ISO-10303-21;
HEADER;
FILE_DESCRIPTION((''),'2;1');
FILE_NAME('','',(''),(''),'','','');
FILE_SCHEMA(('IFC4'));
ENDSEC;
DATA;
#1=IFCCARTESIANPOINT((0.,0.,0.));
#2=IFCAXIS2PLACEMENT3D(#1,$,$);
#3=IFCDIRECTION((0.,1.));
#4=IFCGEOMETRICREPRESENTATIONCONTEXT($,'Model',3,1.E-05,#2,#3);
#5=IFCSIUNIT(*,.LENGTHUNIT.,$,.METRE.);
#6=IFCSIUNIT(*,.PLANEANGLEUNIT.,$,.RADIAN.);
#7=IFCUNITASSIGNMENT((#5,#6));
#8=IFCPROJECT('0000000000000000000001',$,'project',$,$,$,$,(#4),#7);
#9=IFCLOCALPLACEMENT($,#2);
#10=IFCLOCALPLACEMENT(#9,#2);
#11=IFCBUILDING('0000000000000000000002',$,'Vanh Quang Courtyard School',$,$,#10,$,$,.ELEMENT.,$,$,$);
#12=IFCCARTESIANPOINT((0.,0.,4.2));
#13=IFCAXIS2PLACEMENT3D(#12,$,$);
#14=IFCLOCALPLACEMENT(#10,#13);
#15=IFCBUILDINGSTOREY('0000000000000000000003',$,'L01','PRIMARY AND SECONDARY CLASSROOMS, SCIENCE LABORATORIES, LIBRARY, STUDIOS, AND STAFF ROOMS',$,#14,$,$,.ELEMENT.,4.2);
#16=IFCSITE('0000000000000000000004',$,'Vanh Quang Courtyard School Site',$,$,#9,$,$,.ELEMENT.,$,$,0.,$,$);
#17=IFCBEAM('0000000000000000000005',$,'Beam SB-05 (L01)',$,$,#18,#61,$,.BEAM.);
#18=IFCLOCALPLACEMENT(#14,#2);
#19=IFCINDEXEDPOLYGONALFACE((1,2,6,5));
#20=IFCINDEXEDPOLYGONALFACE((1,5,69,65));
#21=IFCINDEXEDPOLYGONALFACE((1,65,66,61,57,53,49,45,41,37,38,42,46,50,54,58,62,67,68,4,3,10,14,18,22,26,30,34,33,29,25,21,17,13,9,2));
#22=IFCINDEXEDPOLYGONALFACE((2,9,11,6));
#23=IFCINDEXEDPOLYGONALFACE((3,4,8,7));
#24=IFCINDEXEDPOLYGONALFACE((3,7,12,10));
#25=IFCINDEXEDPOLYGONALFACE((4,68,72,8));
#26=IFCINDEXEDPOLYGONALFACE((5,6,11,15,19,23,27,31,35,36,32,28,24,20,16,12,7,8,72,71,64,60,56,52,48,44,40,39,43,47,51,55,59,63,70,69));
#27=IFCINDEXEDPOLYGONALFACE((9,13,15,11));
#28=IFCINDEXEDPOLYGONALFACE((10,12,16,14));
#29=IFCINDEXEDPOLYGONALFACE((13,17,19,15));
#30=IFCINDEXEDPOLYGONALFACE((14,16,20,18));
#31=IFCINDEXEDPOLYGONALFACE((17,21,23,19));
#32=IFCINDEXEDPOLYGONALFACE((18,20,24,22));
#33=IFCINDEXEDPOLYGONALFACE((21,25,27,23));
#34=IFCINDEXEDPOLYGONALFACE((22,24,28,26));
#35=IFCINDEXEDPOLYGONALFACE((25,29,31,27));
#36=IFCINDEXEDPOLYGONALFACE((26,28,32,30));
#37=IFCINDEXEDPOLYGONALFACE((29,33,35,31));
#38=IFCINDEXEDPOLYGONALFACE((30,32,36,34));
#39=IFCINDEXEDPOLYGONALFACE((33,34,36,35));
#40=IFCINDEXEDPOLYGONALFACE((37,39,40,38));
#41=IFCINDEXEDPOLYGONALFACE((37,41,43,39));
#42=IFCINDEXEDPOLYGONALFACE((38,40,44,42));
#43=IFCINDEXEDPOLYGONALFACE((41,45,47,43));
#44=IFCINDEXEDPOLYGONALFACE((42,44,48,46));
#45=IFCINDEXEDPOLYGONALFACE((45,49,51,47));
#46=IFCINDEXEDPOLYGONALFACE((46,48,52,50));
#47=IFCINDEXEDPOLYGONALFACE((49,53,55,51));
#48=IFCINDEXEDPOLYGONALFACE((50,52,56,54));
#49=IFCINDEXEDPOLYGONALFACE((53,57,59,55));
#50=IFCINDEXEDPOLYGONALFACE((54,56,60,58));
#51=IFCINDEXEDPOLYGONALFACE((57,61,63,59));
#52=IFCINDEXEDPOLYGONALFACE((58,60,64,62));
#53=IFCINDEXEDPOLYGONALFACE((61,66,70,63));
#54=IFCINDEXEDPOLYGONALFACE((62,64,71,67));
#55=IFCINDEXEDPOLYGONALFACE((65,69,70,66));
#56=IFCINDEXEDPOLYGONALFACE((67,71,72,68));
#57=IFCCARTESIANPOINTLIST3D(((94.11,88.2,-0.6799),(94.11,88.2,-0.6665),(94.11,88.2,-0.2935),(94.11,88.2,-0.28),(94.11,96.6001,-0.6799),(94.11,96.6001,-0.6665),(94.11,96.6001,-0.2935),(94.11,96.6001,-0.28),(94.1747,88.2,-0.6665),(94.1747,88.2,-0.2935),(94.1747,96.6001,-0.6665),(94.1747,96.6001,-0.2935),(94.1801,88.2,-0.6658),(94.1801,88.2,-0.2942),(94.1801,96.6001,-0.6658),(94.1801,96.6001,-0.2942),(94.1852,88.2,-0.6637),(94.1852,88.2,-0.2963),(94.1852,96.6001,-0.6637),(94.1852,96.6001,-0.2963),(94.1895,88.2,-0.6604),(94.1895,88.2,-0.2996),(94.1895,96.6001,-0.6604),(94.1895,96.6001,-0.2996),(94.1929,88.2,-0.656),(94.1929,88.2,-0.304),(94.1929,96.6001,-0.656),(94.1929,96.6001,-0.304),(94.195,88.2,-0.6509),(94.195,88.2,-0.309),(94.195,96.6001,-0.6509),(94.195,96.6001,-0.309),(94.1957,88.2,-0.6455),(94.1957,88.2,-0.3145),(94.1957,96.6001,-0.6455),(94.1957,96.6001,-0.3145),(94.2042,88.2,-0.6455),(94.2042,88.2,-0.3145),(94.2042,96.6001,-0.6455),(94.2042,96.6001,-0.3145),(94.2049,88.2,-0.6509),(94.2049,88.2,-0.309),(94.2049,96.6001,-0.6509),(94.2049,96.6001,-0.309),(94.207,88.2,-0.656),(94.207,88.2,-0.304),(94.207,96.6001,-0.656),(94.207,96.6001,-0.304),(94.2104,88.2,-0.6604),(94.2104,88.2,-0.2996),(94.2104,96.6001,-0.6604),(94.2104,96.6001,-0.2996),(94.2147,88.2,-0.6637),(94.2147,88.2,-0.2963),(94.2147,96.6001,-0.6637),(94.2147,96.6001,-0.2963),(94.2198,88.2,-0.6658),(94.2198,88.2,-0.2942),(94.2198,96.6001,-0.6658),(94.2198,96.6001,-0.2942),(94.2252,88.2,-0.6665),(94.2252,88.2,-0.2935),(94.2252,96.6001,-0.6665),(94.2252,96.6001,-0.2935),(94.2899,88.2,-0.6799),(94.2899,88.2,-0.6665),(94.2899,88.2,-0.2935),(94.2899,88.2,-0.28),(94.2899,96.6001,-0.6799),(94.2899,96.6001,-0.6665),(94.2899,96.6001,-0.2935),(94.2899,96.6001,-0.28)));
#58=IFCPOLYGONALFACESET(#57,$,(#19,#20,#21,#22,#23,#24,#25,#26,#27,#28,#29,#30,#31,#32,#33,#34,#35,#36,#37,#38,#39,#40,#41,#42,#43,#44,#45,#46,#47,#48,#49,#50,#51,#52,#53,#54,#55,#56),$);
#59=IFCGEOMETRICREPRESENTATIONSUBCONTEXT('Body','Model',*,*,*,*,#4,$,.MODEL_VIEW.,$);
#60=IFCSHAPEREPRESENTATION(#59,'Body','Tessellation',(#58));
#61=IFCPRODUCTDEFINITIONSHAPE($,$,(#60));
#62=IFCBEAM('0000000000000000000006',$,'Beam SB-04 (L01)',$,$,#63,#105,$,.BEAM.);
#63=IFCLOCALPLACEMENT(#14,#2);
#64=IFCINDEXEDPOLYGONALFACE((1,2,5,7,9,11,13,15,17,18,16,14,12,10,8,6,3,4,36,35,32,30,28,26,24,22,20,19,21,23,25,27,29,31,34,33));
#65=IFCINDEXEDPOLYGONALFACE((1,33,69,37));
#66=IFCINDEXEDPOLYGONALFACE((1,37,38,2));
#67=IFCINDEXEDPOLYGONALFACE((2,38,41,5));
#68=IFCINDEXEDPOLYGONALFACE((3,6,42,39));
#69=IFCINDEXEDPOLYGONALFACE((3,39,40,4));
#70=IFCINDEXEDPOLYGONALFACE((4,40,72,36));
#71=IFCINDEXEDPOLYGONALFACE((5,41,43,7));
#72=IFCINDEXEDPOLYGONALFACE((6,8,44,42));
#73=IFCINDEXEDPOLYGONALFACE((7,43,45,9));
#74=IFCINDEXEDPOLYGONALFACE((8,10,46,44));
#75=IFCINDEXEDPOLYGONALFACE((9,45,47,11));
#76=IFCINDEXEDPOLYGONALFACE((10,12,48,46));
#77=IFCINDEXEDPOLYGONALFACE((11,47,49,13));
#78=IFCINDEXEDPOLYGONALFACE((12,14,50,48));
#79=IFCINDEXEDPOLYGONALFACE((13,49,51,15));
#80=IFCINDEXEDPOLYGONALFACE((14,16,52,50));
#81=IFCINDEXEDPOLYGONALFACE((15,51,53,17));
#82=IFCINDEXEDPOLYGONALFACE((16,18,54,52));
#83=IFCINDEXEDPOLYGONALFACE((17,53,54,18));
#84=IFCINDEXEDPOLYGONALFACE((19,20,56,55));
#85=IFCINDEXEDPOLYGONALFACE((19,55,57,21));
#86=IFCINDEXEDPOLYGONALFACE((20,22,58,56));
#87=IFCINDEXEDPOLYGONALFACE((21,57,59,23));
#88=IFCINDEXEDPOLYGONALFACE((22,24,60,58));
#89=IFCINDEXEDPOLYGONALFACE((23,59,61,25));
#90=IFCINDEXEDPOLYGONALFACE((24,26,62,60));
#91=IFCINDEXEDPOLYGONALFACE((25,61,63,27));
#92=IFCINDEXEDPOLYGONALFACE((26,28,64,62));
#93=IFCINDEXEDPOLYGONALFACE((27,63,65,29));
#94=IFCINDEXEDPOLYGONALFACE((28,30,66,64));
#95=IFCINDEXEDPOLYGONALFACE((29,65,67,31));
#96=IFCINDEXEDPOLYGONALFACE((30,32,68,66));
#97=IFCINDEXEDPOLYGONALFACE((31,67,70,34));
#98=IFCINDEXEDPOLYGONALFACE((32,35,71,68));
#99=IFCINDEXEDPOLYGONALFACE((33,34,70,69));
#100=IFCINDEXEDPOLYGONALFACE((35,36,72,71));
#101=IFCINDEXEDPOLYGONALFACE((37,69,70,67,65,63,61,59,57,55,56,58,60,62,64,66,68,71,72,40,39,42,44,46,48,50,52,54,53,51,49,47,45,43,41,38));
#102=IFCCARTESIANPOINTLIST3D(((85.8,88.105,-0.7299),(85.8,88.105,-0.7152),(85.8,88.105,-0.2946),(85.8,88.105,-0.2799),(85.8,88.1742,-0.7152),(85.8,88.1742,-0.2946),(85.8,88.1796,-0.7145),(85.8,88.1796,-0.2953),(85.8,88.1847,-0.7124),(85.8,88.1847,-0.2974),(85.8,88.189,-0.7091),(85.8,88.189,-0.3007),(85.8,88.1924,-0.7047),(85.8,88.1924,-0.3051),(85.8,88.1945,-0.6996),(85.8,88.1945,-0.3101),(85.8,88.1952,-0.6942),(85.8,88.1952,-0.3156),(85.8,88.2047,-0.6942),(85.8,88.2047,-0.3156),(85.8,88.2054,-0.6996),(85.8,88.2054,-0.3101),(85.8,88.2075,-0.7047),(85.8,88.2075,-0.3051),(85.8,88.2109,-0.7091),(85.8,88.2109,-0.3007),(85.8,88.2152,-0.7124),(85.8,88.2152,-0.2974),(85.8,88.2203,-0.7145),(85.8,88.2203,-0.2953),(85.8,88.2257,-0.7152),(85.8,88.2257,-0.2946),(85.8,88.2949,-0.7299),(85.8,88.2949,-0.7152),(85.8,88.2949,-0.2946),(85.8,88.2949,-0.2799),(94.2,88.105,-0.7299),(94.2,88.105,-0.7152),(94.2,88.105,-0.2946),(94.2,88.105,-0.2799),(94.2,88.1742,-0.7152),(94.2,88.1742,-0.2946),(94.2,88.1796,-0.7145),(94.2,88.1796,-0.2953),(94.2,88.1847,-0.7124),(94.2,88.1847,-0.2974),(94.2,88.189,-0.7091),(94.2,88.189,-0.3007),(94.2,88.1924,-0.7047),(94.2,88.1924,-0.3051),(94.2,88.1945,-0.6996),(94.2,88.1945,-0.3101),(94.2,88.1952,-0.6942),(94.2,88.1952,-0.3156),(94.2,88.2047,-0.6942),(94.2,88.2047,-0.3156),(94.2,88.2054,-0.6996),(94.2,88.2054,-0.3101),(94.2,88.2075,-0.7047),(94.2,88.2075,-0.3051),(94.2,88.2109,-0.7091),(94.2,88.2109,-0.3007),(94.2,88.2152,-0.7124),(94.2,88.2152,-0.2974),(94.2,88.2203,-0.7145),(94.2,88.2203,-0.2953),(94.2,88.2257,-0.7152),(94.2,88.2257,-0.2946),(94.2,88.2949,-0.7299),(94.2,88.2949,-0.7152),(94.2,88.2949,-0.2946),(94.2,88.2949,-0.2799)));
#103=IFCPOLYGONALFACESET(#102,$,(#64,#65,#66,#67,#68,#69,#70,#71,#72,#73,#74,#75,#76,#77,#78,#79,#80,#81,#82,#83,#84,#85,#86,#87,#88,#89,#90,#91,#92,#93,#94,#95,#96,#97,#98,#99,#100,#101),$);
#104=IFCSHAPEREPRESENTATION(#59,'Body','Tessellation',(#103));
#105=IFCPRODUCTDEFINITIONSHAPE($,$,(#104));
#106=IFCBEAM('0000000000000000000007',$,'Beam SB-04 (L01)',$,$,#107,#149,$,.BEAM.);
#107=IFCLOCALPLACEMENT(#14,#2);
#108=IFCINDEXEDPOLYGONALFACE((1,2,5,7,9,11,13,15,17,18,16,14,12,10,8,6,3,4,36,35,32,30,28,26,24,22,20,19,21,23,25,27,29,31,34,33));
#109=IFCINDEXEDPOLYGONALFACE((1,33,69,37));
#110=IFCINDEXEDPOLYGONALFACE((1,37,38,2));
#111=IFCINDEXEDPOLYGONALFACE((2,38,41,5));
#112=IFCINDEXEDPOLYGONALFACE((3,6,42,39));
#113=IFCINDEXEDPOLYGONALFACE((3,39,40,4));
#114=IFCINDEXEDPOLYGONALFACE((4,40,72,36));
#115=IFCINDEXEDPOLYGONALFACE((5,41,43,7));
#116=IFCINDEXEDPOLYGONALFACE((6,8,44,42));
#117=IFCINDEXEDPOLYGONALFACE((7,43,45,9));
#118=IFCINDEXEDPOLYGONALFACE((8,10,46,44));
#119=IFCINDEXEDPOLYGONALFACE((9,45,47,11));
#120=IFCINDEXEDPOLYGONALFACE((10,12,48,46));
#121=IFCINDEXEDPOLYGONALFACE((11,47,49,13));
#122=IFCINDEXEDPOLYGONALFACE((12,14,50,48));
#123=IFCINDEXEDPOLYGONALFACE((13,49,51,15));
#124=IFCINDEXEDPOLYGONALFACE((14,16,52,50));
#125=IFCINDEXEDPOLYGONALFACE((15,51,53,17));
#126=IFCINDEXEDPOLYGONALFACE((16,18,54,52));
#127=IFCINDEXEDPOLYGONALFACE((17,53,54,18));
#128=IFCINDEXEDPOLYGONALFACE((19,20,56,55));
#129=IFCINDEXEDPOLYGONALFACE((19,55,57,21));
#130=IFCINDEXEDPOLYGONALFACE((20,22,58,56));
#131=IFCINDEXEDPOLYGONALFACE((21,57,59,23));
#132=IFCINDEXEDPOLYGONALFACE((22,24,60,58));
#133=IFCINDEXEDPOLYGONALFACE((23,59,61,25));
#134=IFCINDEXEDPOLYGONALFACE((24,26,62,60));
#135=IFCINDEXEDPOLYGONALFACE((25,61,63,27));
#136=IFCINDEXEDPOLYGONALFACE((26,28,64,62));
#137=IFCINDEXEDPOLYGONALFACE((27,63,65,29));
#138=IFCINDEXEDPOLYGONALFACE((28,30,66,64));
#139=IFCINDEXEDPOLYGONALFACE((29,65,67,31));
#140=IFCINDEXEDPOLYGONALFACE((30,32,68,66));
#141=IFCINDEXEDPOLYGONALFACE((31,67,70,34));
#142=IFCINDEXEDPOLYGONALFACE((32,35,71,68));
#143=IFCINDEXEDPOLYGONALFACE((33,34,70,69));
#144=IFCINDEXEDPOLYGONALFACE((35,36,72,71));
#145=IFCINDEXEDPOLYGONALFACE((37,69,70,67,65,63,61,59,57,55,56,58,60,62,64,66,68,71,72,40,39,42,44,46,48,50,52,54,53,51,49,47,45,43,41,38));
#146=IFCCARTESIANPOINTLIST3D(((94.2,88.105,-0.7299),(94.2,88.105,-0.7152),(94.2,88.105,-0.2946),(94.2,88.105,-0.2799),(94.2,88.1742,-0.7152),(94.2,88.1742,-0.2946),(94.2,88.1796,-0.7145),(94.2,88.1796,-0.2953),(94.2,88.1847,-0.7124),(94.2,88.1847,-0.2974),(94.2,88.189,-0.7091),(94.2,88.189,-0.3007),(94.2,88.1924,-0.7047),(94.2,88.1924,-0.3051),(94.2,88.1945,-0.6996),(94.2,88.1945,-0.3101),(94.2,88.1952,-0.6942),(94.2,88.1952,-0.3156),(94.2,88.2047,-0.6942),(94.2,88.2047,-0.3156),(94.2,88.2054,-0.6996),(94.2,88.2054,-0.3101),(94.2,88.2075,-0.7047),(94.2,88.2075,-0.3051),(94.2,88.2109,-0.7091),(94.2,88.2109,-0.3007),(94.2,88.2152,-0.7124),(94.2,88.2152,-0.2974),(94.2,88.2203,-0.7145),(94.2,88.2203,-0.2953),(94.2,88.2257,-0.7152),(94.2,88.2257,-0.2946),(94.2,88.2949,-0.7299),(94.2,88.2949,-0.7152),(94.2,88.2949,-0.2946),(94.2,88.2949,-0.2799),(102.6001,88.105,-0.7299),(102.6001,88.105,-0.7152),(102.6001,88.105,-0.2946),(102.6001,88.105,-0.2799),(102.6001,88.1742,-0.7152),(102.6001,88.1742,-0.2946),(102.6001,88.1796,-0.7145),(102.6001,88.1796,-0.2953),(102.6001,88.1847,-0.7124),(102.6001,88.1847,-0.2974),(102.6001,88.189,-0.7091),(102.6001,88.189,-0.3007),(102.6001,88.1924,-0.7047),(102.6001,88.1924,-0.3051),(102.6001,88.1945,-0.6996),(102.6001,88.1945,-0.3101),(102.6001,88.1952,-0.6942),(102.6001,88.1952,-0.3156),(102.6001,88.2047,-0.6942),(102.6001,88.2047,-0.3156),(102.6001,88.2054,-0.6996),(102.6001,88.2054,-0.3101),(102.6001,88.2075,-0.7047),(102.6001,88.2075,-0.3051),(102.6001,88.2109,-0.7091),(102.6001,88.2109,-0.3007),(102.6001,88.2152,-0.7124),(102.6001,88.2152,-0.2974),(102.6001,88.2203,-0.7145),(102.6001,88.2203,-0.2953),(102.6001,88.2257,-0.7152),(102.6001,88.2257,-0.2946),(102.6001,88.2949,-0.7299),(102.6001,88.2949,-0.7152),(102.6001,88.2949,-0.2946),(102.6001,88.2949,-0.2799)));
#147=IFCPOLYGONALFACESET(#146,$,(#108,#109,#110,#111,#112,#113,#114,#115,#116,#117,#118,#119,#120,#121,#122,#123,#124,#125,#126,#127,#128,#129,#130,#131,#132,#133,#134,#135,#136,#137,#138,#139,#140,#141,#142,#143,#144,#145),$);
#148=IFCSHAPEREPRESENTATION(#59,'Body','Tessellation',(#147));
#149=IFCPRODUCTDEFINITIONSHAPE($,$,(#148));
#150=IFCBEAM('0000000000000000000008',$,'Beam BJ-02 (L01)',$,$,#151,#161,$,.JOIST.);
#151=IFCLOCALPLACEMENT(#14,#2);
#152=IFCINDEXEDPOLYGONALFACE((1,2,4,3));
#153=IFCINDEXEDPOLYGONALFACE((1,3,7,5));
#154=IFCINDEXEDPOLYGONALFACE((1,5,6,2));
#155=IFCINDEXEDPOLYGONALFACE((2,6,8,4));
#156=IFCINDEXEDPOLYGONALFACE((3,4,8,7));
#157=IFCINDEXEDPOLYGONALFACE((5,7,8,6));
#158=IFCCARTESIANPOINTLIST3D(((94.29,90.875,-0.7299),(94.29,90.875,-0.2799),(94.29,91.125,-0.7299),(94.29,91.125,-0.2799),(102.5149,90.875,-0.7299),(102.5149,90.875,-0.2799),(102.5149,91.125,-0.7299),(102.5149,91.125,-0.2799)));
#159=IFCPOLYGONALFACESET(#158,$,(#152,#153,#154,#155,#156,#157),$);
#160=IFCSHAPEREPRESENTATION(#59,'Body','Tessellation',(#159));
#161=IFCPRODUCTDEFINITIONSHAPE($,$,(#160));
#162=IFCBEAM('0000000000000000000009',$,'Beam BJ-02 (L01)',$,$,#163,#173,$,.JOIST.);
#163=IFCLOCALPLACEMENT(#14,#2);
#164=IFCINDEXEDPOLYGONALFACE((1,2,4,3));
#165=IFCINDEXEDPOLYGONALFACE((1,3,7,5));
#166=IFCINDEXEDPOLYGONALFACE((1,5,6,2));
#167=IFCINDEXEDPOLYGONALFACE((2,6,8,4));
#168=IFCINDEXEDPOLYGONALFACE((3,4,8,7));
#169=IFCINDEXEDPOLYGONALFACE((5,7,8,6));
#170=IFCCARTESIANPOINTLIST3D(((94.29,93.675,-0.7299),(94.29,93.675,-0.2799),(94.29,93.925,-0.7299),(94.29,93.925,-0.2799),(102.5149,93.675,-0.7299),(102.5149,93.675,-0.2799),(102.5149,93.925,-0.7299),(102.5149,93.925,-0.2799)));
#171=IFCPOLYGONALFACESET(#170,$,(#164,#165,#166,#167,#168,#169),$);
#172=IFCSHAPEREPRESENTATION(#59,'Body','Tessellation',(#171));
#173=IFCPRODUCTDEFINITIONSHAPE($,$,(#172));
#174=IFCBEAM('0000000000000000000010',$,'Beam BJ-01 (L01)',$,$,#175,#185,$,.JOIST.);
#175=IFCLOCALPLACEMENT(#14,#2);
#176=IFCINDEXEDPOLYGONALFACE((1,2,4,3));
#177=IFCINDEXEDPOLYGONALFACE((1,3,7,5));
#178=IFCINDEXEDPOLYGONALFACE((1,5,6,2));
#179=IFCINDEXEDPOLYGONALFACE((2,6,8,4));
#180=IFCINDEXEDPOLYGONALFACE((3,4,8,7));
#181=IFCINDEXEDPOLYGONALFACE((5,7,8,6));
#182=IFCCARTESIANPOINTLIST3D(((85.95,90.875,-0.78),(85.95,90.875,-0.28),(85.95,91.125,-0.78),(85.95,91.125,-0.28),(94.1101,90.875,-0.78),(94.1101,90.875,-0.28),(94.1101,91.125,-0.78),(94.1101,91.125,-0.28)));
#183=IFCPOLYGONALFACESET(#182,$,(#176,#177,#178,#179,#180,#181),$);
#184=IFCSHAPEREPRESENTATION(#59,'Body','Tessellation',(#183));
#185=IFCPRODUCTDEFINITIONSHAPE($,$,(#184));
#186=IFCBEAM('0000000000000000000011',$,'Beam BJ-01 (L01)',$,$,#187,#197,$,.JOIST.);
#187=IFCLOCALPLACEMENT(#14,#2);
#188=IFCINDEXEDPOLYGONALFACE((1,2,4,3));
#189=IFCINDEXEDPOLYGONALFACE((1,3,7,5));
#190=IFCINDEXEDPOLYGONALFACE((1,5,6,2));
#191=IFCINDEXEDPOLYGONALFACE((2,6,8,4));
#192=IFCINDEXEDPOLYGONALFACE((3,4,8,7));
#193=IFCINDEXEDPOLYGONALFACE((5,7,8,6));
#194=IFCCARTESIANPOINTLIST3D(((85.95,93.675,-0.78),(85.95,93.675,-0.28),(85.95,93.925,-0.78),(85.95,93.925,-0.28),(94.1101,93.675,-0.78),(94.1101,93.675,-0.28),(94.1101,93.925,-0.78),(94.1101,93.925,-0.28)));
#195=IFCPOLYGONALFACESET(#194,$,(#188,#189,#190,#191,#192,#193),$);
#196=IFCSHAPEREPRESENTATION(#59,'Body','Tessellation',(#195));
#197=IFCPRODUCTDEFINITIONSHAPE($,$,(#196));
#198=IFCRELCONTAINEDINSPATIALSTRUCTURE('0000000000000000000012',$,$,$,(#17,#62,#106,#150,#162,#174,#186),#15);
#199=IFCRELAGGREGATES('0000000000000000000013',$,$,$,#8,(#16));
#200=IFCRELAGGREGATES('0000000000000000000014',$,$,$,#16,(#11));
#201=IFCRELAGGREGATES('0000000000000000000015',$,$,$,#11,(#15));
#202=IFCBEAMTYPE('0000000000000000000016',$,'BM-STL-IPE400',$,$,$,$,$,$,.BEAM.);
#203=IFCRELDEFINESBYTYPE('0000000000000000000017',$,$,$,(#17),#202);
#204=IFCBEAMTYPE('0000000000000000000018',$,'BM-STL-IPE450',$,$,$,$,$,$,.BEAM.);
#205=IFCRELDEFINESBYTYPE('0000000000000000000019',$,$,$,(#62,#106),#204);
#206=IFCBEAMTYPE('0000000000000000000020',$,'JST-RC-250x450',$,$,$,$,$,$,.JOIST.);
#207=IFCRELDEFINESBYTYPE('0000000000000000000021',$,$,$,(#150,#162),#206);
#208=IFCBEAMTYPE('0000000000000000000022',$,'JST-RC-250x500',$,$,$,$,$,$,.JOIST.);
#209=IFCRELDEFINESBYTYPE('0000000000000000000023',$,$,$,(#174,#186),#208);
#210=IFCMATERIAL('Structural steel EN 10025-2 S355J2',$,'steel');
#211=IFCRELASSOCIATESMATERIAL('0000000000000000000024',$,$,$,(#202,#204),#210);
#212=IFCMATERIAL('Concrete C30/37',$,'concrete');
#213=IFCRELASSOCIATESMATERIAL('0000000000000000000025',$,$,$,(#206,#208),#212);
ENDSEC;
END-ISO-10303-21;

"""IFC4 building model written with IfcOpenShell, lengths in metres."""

from ifc_helpers import new_model, si_unit, direction, frame, origin, origin_2d, place, context, subcontext, project, spatial, rectangle, i_section, extrude, material, material_profile, profile_set, type_object, element, save


model = new_model("IFC4")

# Units and contexts
model_context = context("Model", 3, precision=1e-05, world=origin(), true_north=direction((0.0, 1.0)))
body_context = subcontext(model_context, "Body", "Model", "MODEL_VIEW")
ifc_project = project(units=[si_unit("LENGTHUNIT", "METRE"), si_unit("PLANEANGLEUNIT", "RADIAN")], contexts=[model_context])

# Site, building, storey
site_placement = place(None, origin())
site = spatial("IfcSite", under=ifc_project, at=site_placement, Name="Vanh Quang Courtyard School Site", CompositionType="ELEMENT", RefElevation=0.0)
building_placement = place(site_placement, origin())
building = spatial("IfcBuilding", under=site, at=building_placement, Name="Vanh Quang Courtyard School", CompositionType="ELEMENT")
storey_placement = place(building_placement, frame((0.0, 0.0, 4.2)))
storey = spatial("IfcBuildingStorey", under=building, at=storey_placement, Name="L01", Description="PRIMARY AND SECONDARY CLASSROOMS, SCIENCE LABORATORIES, LIBRARY, STUDIOS, AND STAFF ROOMS", CompositionType="ELEMENT", Elevation=4.2)

# Beams
ifc_material_1 = material(Name="Structural steel EN 10025-2 S355J2", Category="steel")
ifc_material_profile_1 = material_profile(ifc_material_1, i_section(OverallWidth=0.1799, OverallDepth=0.3999, WebThickness=0.0085, FlangeThickness=0.0134, FilletRadius=0.021, at=origin_2d()), Name="IPE 400")
ifc_profile_set_1 = profile_set([ifc_material_profile_1], Name="Structural steel EN 10025-2 S355J2")
beam_type_1 = type_object("IfcBeamType", Name="BM-STL-IPE400", PredefinedType="BEAM", material=ifc_profile_set_1)
beam_1_placement = place(storey_placement, frame((94.2, 88.2, -0.48), z_axis=(0.0, 1.0, 0.0), x_axis=(-1.0, 0.0, 0.0)))
element("IfcBeam", 1, at=beam_1_placement, inside=storey, type_object=beam_type_1, Name="Beam SB-05 (L01)", PredefinedType="BEAM", context=body_context, shape_type="SweptSolid", body=[
    extrude(i_section(OverallWidth=0.1799, OverallDepth=0.3999, WebThickness=0.0085, FlangeThickness=0.0134, FilletRadius=0.021, at=origin_2d()), origin(), (0.0, 0.0, 1.0), 8.4001),
])
ifc_material_profile_2 = material_profile(ifc_material_1, i_section(OverallWidth=0.1899, OverallDepth=0.45, WebThickness=0.0095, FlangeThickness=0.0146, FilletRadius=0.021, at=origin_2d()), Name="IPE 450")
ifc_profile_set_2 = profile_set([ifc_material_profile_2], Name="Structural steel EN 10025-2 S355J2")
beam_type_2 = type_object("IfcBeamType", Name="BM-STL-IPE450", PredefinedType="BEAM", material=ifc_profile_set_2)
beam_2_placement = place(storey_placement, frame((85.8, 88.2, -0.5049), z_axis=(1.0, 0.0, 0.0), x_axis=(0.0, 1.0, 0.0)))
element("IfcBeam", 2, at=beam_2_placement, inside=storey, type_object=beam_type_2, Name="Beam SB-04 (L01)", PredefinedType="BEAM", context=body_context, shape_type="SweptSolid", body=[
    extrude(i_section(OverallWidth=0.1899, OverallDepth=0.45, WebThickness=0.0095, FlangeThickness=0.0146, FilletRadius=0.021, at=origin_2d()), origin(), (0.0, 0.0, 1.0), 8.3999),
])
beam_3_placement = place(storey_placement, frame((94.2, 88.2, -0.5049), z_axis=(1.0, 0.0, 0.0), x_axis=(0.0, 1.0, 0.0)))
element("IfcBeam", 3, at=beam_3_placement, inside=storey, type_object=beam_type_2, Name="Beam SB-04 (L01)", PredefinedType="BEAM", context=body_context, shape_type="SweptSolid", body=[
    extrude(i_section(OverallWidth=0.1899, OverallDepth=0.45, WebThickness=0.0095, FlangeThickness=0.0146, FilletRadius=0.021, at=origin_2d()), origin(), (0.0, 0.0, 1.0), 8.4001),
])
ifc_material_2 = material(Name="Concrete C30/37", Category="concrete")
ifc_material_profile_3 = material_profile(ifc_material_2, rectangle(XDim=0.25, YDim=0.45, at=origin_2d()), Name="RC-JST 250x450")
ifc_profile_set_3 = profile_set([ifc_material_profile_3], Name="Concrete C30/37")
beam_type_3 = type_object("IfcBeamType", Name="JST-RC-250x450", PredefinedType="JOIST", material=ifc_profile_set_3)
for number, where, z_axis, x_axis, name in (
    (4, (94.29, 91.0, -0.5049), (1.0, 0.0, 0.0), (0.0, 1.0, 0.0), "Beam BJ-02 (L01)"),
    (5, (94.29, 93.8, -0.5049), (1.0, 0.0, 0.0), (0.0, 1.0, 0.0), "Beam BJ-02 (L01)"),
):
    element("IfcBeam", number, at=place(storey_placement, frame(where, z_axis=z_axis, x_axis=x_axis)), inside=storey, type_object=beam_type_3, Name=name, PredefinedType="JOIST", context=body_context, shape_type="SweptSolid", body=[
        extrude(rectangle(XDim=0.25, YDim=0.45, at=origin_2d()), origin(), (0.0, 0.0, 1.0), 8.2249),
    ])
ifc_material_profile_4 = material_profile(ifc_material_2, rectangle(XDim=0.25, YDim=0.5, at=origin_2d()), Name="RC-JST 250x500")
ifc_profile_set_4 = profile_set([ifc_material_profile_4], Name="Concrete C30/37")
beam_type_4 = type_object("IfcBeamType", Name="JST-RC-250x500", PredefinedType="JOIST", material=ifc_profile_set_4)
for number, where, z_axis, x_axis, name in (
    (6, (85.95, 91.0, -0.53), (1.0, 0.0, 0.0), (0.0, 1.0, 0.0), "Beam BJ-01 (L01)"),
    (7, (85.95, 93.8, -0.53), (1.0, 0.0, 0.0), (0.0, 1.0, 0.0), "Beam BJ-01 (L01)"),
):
    element("IfcBeam", number, at=place(storey_placement, frame(where, z_axis=z_axis, x_axis=x_axis)), inside=storey, type_object=beam_type_4, Name=name, PredefinedType="JOIST", context=body_context, shape_type="SweptSolid", body=[
        extrude(rectangle(XDim=0.25, YDim=0.5, at=origin_2d()), origin(), (0.0, 0.0, 1.0), 8.1602),
    ])

save(model, "model.ifc")
